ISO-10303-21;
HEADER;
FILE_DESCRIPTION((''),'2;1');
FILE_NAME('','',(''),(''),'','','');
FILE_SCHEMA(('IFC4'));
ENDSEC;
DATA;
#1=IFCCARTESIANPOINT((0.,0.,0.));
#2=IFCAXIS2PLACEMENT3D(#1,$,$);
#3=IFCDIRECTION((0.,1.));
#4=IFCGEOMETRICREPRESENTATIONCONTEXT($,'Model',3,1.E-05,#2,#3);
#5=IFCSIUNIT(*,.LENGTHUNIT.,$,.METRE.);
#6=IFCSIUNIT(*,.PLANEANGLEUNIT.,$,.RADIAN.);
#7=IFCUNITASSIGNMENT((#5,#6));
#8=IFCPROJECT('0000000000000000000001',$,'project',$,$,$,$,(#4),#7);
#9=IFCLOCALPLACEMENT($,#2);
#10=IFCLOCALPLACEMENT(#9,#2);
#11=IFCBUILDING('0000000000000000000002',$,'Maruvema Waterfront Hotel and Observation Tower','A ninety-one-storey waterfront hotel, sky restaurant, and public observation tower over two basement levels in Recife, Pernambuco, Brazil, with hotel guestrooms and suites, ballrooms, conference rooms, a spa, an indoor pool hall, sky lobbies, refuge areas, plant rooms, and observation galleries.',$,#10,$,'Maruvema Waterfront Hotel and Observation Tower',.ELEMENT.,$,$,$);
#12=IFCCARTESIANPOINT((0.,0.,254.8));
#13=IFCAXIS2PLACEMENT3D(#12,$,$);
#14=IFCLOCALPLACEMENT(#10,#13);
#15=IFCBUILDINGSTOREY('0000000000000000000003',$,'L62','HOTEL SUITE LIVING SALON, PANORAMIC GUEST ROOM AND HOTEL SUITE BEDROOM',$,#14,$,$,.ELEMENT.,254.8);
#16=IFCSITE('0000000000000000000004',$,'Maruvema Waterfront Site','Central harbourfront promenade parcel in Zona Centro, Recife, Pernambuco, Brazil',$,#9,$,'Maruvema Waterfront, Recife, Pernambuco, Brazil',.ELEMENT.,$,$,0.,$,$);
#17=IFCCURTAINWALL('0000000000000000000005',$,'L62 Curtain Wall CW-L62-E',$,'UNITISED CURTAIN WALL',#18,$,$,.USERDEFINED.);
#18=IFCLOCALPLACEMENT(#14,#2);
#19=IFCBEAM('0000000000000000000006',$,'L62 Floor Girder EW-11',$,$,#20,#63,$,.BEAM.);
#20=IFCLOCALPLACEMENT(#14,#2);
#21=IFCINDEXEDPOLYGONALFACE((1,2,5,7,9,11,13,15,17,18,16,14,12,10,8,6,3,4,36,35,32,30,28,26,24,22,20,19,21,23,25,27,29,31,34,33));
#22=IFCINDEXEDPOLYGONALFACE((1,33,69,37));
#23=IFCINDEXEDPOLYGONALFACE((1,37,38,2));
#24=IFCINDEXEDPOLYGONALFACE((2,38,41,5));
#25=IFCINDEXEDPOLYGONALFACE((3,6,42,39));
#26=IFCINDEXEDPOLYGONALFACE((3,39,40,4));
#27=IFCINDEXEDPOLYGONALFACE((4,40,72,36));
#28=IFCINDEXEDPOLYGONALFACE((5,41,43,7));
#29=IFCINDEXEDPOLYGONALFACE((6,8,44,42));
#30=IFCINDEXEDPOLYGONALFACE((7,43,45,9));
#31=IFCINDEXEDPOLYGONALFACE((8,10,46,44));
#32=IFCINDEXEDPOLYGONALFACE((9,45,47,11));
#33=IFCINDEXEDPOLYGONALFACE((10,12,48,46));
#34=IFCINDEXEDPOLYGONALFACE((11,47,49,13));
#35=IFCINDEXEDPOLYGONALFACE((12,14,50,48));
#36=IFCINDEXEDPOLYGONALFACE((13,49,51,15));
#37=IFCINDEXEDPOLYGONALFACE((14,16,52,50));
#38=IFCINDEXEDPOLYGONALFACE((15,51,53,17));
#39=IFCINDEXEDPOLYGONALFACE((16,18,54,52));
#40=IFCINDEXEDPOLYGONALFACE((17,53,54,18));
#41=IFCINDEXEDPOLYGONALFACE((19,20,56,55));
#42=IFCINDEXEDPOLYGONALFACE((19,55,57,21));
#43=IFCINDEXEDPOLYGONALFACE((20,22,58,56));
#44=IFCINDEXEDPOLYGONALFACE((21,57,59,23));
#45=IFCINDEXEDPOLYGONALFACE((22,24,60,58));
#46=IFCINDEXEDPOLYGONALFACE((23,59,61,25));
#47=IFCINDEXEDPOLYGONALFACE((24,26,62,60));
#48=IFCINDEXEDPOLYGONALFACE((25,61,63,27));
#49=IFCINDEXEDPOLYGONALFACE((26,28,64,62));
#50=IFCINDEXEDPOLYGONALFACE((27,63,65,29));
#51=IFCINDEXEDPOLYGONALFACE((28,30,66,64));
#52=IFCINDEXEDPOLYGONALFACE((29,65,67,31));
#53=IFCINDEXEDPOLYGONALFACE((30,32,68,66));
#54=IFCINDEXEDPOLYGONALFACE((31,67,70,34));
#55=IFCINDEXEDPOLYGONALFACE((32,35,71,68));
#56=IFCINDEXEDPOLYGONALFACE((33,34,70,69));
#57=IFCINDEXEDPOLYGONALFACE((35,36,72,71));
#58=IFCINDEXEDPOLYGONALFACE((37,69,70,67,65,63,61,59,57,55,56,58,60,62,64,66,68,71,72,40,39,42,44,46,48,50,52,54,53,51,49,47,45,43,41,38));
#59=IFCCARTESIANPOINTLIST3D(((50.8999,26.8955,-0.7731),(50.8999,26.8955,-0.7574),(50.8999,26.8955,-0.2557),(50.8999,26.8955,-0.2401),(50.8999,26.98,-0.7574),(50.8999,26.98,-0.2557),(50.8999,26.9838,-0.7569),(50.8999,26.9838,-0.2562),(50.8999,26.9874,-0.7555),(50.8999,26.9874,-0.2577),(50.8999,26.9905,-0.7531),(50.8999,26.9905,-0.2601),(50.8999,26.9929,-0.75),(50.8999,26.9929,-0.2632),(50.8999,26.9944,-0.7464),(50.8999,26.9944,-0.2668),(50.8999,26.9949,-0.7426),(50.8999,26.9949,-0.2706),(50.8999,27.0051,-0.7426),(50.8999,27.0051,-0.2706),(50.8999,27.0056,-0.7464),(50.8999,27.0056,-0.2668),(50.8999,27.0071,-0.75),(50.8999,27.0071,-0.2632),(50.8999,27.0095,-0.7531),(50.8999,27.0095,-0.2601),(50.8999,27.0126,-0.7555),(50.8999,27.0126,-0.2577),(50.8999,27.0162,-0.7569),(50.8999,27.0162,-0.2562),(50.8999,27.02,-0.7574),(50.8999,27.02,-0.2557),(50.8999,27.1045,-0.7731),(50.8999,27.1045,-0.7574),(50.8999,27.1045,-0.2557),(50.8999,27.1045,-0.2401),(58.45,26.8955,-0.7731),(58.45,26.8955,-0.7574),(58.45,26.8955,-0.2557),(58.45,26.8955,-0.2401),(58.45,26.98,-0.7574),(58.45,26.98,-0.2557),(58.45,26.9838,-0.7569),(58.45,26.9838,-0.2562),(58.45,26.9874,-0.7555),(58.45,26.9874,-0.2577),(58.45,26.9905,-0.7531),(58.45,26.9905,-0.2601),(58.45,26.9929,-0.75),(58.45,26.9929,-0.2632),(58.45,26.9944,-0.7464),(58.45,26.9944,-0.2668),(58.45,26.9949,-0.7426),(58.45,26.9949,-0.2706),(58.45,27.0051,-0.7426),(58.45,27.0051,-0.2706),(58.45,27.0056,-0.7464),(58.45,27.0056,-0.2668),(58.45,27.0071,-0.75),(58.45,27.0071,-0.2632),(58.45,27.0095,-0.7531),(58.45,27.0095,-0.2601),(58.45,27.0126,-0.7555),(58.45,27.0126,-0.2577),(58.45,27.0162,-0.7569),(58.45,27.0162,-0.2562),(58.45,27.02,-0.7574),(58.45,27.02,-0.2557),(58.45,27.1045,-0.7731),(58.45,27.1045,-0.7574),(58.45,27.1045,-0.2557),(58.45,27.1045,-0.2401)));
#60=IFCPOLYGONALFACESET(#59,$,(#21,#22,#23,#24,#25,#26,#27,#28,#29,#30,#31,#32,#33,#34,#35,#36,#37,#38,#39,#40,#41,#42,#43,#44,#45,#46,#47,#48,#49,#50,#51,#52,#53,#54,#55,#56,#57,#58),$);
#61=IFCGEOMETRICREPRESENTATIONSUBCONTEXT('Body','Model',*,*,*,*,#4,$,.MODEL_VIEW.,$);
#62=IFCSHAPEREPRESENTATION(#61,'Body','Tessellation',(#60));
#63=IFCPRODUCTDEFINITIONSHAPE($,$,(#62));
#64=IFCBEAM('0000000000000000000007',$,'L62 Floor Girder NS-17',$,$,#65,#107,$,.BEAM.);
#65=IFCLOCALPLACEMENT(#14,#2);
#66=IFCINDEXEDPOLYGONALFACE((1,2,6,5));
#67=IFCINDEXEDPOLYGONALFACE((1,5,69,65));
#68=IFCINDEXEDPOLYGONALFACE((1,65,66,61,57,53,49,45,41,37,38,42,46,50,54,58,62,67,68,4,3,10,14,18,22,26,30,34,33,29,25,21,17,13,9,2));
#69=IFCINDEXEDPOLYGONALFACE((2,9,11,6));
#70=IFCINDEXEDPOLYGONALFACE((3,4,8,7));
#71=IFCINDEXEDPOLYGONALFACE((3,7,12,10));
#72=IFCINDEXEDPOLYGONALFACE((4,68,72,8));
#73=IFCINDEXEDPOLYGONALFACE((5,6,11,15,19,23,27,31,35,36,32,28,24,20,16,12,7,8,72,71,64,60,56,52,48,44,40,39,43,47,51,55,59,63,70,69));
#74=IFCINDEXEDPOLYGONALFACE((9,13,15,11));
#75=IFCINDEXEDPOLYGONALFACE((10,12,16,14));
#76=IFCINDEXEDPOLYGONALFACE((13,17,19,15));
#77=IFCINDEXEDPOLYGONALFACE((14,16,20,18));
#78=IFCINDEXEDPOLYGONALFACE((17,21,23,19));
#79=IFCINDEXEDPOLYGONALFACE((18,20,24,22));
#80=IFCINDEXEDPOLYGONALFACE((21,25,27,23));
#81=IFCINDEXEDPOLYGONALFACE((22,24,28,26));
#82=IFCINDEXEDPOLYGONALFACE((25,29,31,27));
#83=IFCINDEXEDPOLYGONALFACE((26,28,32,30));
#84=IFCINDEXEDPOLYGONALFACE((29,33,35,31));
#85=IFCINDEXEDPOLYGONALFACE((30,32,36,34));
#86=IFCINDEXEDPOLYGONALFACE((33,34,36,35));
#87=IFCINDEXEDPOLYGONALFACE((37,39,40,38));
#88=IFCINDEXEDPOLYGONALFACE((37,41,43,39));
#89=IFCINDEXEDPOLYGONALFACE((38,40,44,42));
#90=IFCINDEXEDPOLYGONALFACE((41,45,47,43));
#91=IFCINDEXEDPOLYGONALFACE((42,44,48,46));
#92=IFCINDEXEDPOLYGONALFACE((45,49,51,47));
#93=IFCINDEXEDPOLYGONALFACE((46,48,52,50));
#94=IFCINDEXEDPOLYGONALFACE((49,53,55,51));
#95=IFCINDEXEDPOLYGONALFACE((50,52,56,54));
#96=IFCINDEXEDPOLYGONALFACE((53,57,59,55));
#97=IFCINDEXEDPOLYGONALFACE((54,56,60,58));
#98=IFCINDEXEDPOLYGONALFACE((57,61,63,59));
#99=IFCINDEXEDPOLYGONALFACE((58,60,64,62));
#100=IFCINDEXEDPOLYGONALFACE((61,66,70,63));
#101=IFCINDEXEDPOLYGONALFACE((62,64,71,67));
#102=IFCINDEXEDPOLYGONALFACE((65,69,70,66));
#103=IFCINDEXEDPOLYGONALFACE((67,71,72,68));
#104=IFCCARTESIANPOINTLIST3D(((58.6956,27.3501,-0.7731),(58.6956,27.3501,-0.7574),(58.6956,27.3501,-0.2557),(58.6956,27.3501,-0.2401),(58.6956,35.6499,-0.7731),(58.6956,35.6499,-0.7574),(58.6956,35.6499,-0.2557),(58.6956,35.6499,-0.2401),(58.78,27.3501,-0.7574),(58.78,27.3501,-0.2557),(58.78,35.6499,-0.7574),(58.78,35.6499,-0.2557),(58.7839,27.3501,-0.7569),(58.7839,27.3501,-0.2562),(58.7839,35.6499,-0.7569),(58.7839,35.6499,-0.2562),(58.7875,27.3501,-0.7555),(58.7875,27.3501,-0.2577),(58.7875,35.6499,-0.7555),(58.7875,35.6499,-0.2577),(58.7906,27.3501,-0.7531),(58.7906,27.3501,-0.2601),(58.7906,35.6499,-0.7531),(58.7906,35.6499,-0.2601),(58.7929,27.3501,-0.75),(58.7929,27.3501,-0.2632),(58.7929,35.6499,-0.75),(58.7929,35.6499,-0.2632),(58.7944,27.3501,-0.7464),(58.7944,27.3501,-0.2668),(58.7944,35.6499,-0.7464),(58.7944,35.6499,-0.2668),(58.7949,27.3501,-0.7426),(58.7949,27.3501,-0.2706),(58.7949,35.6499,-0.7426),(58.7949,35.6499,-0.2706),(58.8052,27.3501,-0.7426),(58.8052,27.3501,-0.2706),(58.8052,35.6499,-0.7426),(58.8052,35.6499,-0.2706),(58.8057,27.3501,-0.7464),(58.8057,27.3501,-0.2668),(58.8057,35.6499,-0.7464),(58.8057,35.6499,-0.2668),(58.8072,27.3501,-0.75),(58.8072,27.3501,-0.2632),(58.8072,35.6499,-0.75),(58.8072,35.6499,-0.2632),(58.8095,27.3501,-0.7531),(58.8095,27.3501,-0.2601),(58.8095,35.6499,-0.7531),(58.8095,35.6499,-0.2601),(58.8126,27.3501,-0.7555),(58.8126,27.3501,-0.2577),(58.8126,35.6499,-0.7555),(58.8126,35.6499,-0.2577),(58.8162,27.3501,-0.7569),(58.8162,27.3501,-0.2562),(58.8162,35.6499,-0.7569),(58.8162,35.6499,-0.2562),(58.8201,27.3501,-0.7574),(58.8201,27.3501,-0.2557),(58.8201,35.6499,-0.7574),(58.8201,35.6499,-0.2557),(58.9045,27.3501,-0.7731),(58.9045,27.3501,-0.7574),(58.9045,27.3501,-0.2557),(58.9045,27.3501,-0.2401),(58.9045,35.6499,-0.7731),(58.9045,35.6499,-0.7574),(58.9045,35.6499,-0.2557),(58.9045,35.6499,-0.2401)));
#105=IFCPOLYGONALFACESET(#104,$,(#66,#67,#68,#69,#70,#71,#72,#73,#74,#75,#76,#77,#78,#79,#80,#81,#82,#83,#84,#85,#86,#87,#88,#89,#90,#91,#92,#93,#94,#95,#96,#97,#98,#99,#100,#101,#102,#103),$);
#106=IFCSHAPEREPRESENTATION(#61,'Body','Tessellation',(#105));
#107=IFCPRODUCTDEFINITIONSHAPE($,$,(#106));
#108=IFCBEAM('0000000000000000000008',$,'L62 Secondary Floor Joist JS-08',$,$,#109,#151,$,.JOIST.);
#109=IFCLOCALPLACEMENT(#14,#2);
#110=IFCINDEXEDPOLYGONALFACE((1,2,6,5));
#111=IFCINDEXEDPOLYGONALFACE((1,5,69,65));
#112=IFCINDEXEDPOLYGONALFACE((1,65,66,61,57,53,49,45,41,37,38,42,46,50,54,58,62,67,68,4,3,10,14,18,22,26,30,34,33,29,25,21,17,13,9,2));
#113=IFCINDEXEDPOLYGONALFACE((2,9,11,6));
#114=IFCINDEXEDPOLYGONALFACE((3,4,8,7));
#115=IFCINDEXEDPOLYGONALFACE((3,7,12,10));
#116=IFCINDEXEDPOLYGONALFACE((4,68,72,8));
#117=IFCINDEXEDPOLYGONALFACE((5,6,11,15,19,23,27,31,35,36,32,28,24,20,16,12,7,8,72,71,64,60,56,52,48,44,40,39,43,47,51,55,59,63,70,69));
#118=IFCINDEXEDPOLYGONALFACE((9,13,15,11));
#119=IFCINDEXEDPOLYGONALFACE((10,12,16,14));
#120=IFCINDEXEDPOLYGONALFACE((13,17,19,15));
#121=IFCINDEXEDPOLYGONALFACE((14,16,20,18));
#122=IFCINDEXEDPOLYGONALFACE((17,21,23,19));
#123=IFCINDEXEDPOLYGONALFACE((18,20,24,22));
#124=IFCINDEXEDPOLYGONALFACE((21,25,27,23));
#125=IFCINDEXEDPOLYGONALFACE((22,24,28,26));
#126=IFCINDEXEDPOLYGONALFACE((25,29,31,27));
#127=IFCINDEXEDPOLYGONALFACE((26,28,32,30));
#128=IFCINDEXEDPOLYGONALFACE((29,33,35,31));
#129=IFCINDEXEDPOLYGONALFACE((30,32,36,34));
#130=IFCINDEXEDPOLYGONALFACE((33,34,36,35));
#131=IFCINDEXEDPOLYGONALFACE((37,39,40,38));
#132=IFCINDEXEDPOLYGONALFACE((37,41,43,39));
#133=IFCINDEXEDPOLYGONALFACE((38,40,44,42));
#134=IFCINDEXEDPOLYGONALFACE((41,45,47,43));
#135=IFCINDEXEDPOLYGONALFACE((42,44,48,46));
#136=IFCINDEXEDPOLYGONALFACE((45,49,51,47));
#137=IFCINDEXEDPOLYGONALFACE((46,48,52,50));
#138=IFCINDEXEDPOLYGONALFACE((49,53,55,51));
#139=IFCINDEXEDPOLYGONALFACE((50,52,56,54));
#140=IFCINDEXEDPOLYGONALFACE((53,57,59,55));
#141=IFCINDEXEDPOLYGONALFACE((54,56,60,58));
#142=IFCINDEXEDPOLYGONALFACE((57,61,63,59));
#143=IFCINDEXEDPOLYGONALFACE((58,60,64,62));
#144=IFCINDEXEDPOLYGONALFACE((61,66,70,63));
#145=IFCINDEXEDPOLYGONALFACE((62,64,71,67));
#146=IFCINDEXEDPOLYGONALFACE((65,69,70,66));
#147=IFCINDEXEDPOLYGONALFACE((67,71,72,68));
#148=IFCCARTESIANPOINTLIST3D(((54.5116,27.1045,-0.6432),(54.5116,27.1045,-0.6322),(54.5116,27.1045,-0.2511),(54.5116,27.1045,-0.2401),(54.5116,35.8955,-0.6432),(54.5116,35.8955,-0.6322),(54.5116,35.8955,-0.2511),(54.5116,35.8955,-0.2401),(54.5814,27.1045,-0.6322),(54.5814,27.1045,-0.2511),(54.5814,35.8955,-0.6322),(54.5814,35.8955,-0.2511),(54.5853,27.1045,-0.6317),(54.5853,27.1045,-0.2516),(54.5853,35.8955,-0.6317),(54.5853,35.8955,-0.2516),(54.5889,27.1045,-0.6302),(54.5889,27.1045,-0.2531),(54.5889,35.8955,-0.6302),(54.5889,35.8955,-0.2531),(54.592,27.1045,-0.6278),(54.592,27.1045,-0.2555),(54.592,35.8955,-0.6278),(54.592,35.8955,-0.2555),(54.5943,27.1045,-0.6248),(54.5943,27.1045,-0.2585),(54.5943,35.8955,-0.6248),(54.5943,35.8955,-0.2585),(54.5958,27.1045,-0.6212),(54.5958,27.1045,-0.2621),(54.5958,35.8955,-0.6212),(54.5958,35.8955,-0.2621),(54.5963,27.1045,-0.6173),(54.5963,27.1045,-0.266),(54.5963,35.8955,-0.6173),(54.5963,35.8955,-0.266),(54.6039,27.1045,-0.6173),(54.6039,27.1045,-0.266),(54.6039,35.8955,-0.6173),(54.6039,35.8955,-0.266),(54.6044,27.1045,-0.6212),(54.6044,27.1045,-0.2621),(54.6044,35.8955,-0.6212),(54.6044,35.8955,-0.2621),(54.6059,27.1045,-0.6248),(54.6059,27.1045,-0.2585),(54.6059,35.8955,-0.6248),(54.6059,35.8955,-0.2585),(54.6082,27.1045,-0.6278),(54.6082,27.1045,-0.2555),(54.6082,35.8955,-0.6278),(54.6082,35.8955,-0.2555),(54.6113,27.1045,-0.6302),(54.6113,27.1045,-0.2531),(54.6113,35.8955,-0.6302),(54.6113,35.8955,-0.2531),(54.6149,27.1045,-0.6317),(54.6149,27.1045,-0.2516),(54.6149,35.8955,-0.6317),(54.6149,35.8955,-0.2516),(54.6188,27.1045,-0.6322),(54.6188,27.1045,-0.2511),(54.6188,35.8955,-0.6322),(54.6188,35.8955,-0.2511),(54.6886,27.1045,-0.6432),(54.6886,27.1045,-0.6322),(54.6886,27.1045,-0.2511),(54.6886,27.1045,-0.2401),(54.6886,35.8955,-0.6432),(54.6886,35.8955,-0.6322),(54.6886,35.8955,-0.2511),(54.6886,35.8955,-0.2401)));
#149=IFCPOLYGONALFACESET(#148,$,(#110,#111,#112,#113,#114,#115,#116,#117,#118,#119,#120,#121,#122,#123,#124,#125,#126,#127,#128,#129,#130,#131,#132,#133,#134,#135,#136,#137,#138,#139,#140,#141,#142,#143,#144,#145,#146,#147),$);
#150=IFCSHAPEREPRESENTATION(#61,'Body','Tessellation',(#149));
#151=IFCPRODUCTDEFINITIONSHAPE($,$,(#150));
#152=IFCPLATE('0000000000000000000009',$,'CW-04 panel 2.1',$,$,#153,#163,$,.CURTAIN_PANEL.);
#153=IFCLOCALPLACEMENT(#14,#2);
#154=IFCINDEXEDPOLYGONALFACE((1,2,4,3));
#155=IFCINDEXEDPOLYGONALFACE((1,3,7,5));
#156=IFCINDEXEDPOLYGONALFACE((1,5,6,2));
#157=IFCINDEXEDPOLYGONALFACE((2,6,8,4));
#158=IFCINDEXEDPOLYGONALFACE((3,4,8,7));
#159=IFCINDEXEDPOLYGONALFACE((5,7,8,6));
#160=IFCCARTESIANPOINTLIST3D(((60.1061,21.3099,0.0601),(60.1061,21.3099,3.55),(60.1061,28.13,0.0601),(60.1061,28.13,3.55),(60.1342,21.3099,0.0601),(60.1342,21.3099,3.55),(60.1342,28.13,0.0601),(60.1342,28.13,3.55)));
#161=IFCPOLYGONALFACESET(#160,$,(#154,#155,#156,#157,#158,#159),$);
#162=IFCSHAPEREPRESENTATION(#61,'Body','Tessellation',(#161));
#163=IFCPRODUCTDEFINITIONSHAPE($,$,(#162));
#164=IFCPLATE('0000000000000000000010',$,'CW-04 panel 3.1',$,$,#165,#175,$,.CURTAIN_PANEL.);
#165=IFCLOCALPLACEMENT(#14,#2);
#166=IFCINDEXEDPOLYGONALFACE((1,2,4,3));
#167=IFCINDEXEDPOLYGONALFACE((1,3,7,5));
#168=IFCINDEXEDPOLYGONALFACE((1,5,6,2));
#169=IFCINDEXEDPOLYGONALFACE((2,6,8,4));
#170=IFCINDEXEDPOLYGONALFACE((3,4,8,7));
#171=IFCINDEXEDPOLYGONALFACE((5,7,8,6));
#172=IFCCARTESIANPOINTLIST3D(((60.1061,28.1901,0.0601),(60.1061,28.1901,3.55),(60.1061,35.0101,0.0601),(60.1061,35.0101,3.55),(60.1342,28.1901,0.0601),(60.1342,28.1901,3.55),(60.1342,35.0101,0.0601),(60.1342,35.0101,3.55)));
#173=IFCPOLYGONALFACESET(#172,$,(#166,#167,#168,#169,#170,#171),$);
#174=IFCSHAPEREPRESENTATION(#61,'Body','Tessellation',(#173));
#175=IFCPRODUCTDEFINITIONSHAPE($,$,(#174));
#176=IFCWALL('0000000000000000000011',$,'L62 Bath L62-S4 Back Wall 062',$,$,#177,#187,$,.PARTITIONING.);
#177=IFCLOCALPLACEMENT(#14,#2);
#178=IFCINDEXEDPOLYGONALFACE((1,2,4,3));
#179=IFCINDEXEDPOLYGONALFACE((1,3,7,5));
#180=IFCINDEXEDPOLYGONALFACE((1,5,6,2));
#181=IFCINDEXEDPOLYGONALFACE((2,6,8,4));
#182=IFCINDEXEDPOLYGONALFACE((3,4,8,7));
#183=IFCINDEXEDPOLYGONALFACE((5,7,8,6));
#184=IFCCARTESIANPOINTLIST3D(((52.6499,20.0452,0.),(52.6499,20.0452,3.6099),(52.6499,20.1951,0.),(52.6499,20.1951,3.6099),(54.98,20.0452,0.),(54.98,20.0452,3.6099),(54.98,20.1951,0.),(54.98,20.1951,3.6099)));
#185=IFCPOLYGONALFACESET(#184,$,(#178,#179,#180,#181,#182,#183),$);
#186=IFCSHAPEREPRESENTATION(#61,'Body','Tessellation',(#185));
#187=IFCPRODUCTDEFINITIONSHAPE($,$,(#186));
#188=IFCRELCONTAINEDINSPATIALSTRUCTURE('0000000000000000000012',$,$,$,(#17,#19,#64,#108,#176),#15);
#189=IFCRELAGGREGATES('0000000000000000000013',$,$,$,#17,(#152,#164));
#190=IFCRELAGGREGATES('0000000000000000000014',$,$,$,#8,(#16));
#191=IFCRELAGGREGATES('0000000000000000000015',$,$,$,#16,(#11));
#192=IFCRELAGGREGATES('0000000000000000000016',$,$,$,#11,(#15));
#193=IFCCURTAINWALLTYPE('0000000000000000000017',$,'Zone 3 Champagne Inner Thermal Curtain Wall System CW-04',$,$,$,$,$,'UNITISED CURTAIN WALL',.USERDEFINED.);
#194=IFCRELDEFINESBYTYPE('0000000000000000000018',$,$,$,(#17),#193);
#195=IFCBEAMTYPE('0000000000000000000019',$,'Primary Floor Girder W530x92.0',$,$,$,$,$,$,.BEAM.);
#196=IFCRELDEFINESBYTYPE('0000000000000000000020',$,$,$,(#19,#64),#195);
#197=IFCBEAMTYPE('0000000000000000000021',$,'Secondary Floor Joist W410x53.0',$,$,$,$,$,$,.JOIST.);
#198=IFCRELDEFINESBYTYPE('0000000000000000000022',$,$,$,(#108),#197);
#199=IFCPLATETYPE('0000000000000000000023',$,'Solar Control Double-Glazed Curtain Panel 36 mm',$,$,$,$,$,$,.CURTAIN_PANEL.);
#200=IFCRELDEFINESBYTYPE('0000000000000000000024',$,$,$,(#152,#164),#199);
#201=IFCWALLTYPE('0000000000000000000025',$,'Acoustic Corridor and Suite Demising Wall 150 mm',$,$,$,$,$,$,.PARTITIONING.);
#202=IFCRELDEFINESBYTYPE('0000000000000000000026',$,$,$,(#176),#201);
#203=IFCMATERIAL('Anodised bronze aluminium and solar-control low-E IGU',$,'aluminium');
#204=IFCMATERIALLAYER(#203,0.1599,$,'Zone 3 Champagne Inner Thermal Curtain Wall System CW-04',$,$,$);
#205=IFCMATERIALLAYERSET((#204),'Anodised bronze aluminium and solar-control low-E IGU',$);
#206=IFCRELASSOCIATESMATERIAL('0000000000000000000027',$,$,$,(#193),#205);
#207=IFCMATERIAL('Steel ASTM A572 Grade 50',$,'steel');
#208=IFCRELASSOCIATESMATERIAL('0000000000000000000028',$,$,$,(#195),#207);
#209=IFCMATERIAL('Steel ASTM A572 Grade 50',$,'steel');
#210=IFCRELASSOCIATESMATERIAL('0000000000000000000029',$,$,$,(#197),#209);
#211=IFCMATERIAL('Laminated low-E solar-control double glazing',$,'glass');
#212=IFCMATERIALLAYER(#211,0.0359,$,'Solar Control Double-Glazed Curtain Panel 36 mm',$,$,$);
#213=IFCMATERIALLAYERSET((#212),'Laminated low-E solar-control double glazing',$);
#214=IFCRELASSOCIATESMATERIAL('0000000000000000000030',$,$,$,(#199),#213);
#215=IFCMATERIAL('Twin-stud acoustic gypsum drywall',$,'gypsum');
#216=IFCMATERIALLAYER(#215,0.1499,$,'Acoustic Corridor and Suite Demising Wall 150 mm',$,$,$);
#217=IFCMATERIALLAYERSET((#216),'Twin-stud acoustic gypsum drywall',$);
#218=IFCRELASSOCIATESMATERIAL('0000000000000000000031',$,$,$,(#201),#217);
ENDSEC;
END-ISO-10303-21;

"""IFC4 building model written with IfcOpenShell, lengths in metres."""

from ifc_helpers import new_model, si_unit, direction, frame, frame_2d, origin, origin_2d, place, context, subcontext, project, spatial, rectangle, i_section, extrude, material, layer, layer_set, material_profile, profile_set, type_object, element, aggregate, save


model = new_model("IFC4")

# Units and contexts
model_context = context("Model", 3, precision=1e-05, world=origin(), true_north=direction((0.0, 1.0)))
body_context = subcontext(model_context, "Body", "Model", "MODEL_VIEW")
ifc_project = project(units=[si_unit("LENGTHUNIT", "METRE"), si_unit("PLANEANGLEUNIT", "RADIAN")], contexts=[model_context])

# Site, building, storey
site_placement = place(None, origin())
site = spatial("IfcSite", under=ifc_project, at=site_placement, Name="Maruvema Waterfront Site", Description="Central harbourfront promenade parcel in Zona Centro, Recife, Pernambuco, Brazil", LongName="Maruvema Waterfront, Recife, Pernambuco, Brazil", CompositionType="ELEMENT", RefElevation=0.0)
building_placement = place(site_placement, origin())
building = spatial("IfcBuilding", under=site, at=building_placement, Name="Maruvema Waterfront Hotel and Observation Tower", Description="A ninety-one-storey waterfront hotel, sky restaurant, and public observation tower over two basement levels in Recife, Pernambuco, Brazil, with hotel guestrooms and suites, ballrooms, conference rooms, a spa, an indoor pool hall, sky lobbies, refuge areas, plant rooms, and observation galleries.", LongName="Maruvema Waterfront Hotel and Observation Tower", CompositionType="ELEMENT")
storey_placement = place(building_placement, frame((0.0, 0.0, 254.8)))
storey = spatial("IfcBuildingStorey", under=building, at=storey_placement, Name="L62", Description="HOTEL SUITE LIVING SALON, PANORAMIC GUEST ROOM AND HOTEL SUITE BEDROOM", CompositionType="ELEMENT", Elevation=254.8)

# Curtain wall
ifc_material_1 = material(Name="Anodised bronze aluminium and solar-control low-E IGU", Category="aluminium")
ifc_layer_1 = layer(ifc_material_1, 0.1599, Name="Zone 3 Champagne Inner Thermal Curtain Wall System CW-04")
ifc_layer_set_1 = layer_set([ifc_layer_1], Name="Anodised bronze aluminium and solar-control low-E IGU")
curtain_wall_type = type_object("IfcCurtainWallType", Name="Zone 3 Champagne Inner Thermal Curtain Wall System CW-04", ElementType="UNITISED CURTAIN WALL", PredefinedType="USERDEFINED", material=ifc_layer_set_1)
curtain_wall_placement = place(storey_placement, origin())
curtain_wall = element("IfcCurtainWall", 1, at=curtain_wall_placement, inside=storey, type_object=curtain_wall_type, Name="L62 Curtain Wall CW-L62-E", ObjectType="UNITISED CURTAIN WALL", PredefinedType="USERDEFINED")

# Beams
ifc_material_2 = material(Name="Steel ASTM A572 Grade 50", Category="steel")
ifc_material_profile_1 = material_profile(ifc_material_2, i_section(OverallWidth=0.209, OverallDepth=0.533, WebThickness=0.0103, FlangeThickness=0.0156, FilletRadius=0.0149, at=origin_2d()), Name="W530x92.0")
ifc_profile_set_1 = profile_set([ifc_material_profile_1], Name="Steel ASTM A572 Grade 50")
beam_type_1 = type_object("IfcBeamType", Name="Primary Floor Girder W530x92.0", PredefinedType="BEAM", material=ifc_profile_set_1)
beam_1_placement = place(storey_placement, frame((50.8999, 27.0, -0.5066), z_axis=(1.0, 0.0, 0.0), x_axis=(0.0, 1.0, 0.0)))
element("IfcBeam", 2, at=beam_1_placement, inside=storey, type_object=beam_type_1, Name="L62 Floor Girder EW-11", PredefinedType="BEAM", context=body_context, shape_type="SweptSolid", body=[
    extrude(i_section(OverallWidth=0.209, OverallDepth=0.533, WebThickness=0.0103, FlangeThickness=0.0156, FilletRadius=0.0149, at=origin_2d()), origin(), (0.0, 0.0, 1.0), 7.55),
])
beam_2_placement = place(storey_placement, frame((58.8, 27.3501, -0.5066), z_axis=(0.0, 1.0, 0.0), x_axis=(-1.0, 0.0, 0.0)))
element("IfcBeam", 3, at=beam_2_placement, inside=storey, type_object=beam_type_1, Name="L62 Floor Girder NS-17", PredefinedType="BEAM", context=body_context, shape_type="SweptSolid", body=[
    extrude(i_section(OverallWidth=0.209, OverallDepth=0.533, WebThickness=0.0103, FlangeThickness=0.0156, FilletRadius=0.0149, at=origin_2d()), origin(), (0.0, 0.0, 1.0), 8.2998),
])
ifc_material_3 = material(Name="Steel ASTM A572 Grade 50", Category="steel")
ifc_material_profile_2 = material_profile(ifc_material_3, i_section(OverallWidth=0.177, OverallDepth=0.4031, WebThickness=0.0076, FlangeThickness=0.011, FilletRadius=0.0149, at=origin_2d()), Name="W410x53.0")
ifc_profile_set_2 = profile_set([ifc_material_profile_2], Name="Steel ASTM A572 Grade 50")
beam_type_2 = type_object("IfcBeamType", Name="Secondary Floor Joist W410x53.0", PredefinedType="JOIST", material=ifc_profile_set_2)
beam_3_placement = place(storey_placement, frame((54.6001, 27.1045, -0.4417), z_axis=(0.0, 1.0, 0.0), x_axis=(-1.0, 0.0, 0.0)))
element("IfcBeam", 4, at=beam_3_placement, inside=storey, type_object=beam_type_2, Name="L62 Secondary Floor Joist JS-08", PredefinedType="JOIST", context=body_context, shape_type="SweptSolid", body=[
    extrude(i_section(OverallWidth=0.177, OverallDepth=0.4031, WebThickness=0.0076, FlangeThickness=0.011, FilletRadius=0.0149, at=origin_2d()), origin(), (0.0, 0.0, 1.0), 8.791),
])

# Plates
ifc_material_4 = material(Name="Laminated low-E solar-control double glazing", Category="glass")
ifc_layer_2 = layer(ifc_material_4, 0.0359, Name="Solar Control Double-Glazed Curtain Panel 36 mm")
ifc_layer_set_2 = layer_set([ifc_layer_2], Name="Laminated low-E solar-control double glazing")
plate_type = type_object("IfcPlateType", Name="Solar Control Double-Glazed Curtain Panel 36 mm", PredefinedType="CURTAIN_PANEL", material=ifc_layer_set_2)
plate_1_placement = place(storey_placement, frame((60.1201, 24.72, 0.0601), z_axis=(0.0, 0.0, 1.0), x_axis=(0.0, 1.0, 0.0)))
plate_1 = element("IfcPlate", 5, at=plate_1_placement, type_object=plate_type, Name="CW-04 panel 2.1", PredefinedType="CURTAIN_PANEL", context=body_context, shape_type="SweptSolid", body=[
    extrude(rectangle(XDim=6.8201, YDim=0.0281, at=origin_2d()), origin(), (0.0, 0.0, 1.0), 3.49),
])
plate_2_placement = place(storey_placement, frame((60.1201, 31.6001, 0.0601), z_axis=(0.0, 0.0, 1.0), x_axis=(0.0, 1.0, 0.0)))
plate_2 = element("IfcPlate", 6, at=plate_2_placement, type_object=plate_type, Name="CW-04 panel 3.1", PredefinedType="CURTAIN_PANEL", context=body_context, shape_type="SweptSolid", body=[
    extrude(rectangle(XDim=6.8201, YDim=0.0281, at=origin_2d()), origin(), (0.0, 0.0, 1.0), 3.49),
])
aggregate(curtain_wall, [plate_1, plate_2])

# Wall
ifc_material_5 = material(Name="Twin-stud acoustic gypsum drywall", Category="gypsum")
ifc_layer_3 = layer(ifc_material_5, 0.1499, Name="Acoustic Corridor and Suite Demising Wall 150 mm")
ifc_layer_set_3 = layer_set([ifc_layer_3], Name="Twin-stud acoustic gypsum drywall")
wall_type_1 = type_object("IfcWallType", Name="Acoustic Corridor and Suite Demising Wall 150 mm", PredefinedType="PARTITIONING", material=ifc_layer_set_3)
wall_1_placement = place(storey_placement, frame((52.6499, 20.1201, 0.0), z_axis=(0.0, 0.0, 1.0), x_axis=(1.0, 0.0, 0.0)))
element("IfcWall", 7, at=wall_1_placement, inside=storey, type_object=wall_type_1, Name="L62 Bath L62-S4 Back Wall 062", PredefinedType="PARTITIONING", context=body_context, shape_type="SweptSolid", body=[
    extrude(rectangle(XDim=2.3301, YDim=0.1499, at=frame_2d((1.165, 0.0))), origin(), (0.0, 0.0, 1.0), 3.6099),
])

save(model, "model.ifc")
